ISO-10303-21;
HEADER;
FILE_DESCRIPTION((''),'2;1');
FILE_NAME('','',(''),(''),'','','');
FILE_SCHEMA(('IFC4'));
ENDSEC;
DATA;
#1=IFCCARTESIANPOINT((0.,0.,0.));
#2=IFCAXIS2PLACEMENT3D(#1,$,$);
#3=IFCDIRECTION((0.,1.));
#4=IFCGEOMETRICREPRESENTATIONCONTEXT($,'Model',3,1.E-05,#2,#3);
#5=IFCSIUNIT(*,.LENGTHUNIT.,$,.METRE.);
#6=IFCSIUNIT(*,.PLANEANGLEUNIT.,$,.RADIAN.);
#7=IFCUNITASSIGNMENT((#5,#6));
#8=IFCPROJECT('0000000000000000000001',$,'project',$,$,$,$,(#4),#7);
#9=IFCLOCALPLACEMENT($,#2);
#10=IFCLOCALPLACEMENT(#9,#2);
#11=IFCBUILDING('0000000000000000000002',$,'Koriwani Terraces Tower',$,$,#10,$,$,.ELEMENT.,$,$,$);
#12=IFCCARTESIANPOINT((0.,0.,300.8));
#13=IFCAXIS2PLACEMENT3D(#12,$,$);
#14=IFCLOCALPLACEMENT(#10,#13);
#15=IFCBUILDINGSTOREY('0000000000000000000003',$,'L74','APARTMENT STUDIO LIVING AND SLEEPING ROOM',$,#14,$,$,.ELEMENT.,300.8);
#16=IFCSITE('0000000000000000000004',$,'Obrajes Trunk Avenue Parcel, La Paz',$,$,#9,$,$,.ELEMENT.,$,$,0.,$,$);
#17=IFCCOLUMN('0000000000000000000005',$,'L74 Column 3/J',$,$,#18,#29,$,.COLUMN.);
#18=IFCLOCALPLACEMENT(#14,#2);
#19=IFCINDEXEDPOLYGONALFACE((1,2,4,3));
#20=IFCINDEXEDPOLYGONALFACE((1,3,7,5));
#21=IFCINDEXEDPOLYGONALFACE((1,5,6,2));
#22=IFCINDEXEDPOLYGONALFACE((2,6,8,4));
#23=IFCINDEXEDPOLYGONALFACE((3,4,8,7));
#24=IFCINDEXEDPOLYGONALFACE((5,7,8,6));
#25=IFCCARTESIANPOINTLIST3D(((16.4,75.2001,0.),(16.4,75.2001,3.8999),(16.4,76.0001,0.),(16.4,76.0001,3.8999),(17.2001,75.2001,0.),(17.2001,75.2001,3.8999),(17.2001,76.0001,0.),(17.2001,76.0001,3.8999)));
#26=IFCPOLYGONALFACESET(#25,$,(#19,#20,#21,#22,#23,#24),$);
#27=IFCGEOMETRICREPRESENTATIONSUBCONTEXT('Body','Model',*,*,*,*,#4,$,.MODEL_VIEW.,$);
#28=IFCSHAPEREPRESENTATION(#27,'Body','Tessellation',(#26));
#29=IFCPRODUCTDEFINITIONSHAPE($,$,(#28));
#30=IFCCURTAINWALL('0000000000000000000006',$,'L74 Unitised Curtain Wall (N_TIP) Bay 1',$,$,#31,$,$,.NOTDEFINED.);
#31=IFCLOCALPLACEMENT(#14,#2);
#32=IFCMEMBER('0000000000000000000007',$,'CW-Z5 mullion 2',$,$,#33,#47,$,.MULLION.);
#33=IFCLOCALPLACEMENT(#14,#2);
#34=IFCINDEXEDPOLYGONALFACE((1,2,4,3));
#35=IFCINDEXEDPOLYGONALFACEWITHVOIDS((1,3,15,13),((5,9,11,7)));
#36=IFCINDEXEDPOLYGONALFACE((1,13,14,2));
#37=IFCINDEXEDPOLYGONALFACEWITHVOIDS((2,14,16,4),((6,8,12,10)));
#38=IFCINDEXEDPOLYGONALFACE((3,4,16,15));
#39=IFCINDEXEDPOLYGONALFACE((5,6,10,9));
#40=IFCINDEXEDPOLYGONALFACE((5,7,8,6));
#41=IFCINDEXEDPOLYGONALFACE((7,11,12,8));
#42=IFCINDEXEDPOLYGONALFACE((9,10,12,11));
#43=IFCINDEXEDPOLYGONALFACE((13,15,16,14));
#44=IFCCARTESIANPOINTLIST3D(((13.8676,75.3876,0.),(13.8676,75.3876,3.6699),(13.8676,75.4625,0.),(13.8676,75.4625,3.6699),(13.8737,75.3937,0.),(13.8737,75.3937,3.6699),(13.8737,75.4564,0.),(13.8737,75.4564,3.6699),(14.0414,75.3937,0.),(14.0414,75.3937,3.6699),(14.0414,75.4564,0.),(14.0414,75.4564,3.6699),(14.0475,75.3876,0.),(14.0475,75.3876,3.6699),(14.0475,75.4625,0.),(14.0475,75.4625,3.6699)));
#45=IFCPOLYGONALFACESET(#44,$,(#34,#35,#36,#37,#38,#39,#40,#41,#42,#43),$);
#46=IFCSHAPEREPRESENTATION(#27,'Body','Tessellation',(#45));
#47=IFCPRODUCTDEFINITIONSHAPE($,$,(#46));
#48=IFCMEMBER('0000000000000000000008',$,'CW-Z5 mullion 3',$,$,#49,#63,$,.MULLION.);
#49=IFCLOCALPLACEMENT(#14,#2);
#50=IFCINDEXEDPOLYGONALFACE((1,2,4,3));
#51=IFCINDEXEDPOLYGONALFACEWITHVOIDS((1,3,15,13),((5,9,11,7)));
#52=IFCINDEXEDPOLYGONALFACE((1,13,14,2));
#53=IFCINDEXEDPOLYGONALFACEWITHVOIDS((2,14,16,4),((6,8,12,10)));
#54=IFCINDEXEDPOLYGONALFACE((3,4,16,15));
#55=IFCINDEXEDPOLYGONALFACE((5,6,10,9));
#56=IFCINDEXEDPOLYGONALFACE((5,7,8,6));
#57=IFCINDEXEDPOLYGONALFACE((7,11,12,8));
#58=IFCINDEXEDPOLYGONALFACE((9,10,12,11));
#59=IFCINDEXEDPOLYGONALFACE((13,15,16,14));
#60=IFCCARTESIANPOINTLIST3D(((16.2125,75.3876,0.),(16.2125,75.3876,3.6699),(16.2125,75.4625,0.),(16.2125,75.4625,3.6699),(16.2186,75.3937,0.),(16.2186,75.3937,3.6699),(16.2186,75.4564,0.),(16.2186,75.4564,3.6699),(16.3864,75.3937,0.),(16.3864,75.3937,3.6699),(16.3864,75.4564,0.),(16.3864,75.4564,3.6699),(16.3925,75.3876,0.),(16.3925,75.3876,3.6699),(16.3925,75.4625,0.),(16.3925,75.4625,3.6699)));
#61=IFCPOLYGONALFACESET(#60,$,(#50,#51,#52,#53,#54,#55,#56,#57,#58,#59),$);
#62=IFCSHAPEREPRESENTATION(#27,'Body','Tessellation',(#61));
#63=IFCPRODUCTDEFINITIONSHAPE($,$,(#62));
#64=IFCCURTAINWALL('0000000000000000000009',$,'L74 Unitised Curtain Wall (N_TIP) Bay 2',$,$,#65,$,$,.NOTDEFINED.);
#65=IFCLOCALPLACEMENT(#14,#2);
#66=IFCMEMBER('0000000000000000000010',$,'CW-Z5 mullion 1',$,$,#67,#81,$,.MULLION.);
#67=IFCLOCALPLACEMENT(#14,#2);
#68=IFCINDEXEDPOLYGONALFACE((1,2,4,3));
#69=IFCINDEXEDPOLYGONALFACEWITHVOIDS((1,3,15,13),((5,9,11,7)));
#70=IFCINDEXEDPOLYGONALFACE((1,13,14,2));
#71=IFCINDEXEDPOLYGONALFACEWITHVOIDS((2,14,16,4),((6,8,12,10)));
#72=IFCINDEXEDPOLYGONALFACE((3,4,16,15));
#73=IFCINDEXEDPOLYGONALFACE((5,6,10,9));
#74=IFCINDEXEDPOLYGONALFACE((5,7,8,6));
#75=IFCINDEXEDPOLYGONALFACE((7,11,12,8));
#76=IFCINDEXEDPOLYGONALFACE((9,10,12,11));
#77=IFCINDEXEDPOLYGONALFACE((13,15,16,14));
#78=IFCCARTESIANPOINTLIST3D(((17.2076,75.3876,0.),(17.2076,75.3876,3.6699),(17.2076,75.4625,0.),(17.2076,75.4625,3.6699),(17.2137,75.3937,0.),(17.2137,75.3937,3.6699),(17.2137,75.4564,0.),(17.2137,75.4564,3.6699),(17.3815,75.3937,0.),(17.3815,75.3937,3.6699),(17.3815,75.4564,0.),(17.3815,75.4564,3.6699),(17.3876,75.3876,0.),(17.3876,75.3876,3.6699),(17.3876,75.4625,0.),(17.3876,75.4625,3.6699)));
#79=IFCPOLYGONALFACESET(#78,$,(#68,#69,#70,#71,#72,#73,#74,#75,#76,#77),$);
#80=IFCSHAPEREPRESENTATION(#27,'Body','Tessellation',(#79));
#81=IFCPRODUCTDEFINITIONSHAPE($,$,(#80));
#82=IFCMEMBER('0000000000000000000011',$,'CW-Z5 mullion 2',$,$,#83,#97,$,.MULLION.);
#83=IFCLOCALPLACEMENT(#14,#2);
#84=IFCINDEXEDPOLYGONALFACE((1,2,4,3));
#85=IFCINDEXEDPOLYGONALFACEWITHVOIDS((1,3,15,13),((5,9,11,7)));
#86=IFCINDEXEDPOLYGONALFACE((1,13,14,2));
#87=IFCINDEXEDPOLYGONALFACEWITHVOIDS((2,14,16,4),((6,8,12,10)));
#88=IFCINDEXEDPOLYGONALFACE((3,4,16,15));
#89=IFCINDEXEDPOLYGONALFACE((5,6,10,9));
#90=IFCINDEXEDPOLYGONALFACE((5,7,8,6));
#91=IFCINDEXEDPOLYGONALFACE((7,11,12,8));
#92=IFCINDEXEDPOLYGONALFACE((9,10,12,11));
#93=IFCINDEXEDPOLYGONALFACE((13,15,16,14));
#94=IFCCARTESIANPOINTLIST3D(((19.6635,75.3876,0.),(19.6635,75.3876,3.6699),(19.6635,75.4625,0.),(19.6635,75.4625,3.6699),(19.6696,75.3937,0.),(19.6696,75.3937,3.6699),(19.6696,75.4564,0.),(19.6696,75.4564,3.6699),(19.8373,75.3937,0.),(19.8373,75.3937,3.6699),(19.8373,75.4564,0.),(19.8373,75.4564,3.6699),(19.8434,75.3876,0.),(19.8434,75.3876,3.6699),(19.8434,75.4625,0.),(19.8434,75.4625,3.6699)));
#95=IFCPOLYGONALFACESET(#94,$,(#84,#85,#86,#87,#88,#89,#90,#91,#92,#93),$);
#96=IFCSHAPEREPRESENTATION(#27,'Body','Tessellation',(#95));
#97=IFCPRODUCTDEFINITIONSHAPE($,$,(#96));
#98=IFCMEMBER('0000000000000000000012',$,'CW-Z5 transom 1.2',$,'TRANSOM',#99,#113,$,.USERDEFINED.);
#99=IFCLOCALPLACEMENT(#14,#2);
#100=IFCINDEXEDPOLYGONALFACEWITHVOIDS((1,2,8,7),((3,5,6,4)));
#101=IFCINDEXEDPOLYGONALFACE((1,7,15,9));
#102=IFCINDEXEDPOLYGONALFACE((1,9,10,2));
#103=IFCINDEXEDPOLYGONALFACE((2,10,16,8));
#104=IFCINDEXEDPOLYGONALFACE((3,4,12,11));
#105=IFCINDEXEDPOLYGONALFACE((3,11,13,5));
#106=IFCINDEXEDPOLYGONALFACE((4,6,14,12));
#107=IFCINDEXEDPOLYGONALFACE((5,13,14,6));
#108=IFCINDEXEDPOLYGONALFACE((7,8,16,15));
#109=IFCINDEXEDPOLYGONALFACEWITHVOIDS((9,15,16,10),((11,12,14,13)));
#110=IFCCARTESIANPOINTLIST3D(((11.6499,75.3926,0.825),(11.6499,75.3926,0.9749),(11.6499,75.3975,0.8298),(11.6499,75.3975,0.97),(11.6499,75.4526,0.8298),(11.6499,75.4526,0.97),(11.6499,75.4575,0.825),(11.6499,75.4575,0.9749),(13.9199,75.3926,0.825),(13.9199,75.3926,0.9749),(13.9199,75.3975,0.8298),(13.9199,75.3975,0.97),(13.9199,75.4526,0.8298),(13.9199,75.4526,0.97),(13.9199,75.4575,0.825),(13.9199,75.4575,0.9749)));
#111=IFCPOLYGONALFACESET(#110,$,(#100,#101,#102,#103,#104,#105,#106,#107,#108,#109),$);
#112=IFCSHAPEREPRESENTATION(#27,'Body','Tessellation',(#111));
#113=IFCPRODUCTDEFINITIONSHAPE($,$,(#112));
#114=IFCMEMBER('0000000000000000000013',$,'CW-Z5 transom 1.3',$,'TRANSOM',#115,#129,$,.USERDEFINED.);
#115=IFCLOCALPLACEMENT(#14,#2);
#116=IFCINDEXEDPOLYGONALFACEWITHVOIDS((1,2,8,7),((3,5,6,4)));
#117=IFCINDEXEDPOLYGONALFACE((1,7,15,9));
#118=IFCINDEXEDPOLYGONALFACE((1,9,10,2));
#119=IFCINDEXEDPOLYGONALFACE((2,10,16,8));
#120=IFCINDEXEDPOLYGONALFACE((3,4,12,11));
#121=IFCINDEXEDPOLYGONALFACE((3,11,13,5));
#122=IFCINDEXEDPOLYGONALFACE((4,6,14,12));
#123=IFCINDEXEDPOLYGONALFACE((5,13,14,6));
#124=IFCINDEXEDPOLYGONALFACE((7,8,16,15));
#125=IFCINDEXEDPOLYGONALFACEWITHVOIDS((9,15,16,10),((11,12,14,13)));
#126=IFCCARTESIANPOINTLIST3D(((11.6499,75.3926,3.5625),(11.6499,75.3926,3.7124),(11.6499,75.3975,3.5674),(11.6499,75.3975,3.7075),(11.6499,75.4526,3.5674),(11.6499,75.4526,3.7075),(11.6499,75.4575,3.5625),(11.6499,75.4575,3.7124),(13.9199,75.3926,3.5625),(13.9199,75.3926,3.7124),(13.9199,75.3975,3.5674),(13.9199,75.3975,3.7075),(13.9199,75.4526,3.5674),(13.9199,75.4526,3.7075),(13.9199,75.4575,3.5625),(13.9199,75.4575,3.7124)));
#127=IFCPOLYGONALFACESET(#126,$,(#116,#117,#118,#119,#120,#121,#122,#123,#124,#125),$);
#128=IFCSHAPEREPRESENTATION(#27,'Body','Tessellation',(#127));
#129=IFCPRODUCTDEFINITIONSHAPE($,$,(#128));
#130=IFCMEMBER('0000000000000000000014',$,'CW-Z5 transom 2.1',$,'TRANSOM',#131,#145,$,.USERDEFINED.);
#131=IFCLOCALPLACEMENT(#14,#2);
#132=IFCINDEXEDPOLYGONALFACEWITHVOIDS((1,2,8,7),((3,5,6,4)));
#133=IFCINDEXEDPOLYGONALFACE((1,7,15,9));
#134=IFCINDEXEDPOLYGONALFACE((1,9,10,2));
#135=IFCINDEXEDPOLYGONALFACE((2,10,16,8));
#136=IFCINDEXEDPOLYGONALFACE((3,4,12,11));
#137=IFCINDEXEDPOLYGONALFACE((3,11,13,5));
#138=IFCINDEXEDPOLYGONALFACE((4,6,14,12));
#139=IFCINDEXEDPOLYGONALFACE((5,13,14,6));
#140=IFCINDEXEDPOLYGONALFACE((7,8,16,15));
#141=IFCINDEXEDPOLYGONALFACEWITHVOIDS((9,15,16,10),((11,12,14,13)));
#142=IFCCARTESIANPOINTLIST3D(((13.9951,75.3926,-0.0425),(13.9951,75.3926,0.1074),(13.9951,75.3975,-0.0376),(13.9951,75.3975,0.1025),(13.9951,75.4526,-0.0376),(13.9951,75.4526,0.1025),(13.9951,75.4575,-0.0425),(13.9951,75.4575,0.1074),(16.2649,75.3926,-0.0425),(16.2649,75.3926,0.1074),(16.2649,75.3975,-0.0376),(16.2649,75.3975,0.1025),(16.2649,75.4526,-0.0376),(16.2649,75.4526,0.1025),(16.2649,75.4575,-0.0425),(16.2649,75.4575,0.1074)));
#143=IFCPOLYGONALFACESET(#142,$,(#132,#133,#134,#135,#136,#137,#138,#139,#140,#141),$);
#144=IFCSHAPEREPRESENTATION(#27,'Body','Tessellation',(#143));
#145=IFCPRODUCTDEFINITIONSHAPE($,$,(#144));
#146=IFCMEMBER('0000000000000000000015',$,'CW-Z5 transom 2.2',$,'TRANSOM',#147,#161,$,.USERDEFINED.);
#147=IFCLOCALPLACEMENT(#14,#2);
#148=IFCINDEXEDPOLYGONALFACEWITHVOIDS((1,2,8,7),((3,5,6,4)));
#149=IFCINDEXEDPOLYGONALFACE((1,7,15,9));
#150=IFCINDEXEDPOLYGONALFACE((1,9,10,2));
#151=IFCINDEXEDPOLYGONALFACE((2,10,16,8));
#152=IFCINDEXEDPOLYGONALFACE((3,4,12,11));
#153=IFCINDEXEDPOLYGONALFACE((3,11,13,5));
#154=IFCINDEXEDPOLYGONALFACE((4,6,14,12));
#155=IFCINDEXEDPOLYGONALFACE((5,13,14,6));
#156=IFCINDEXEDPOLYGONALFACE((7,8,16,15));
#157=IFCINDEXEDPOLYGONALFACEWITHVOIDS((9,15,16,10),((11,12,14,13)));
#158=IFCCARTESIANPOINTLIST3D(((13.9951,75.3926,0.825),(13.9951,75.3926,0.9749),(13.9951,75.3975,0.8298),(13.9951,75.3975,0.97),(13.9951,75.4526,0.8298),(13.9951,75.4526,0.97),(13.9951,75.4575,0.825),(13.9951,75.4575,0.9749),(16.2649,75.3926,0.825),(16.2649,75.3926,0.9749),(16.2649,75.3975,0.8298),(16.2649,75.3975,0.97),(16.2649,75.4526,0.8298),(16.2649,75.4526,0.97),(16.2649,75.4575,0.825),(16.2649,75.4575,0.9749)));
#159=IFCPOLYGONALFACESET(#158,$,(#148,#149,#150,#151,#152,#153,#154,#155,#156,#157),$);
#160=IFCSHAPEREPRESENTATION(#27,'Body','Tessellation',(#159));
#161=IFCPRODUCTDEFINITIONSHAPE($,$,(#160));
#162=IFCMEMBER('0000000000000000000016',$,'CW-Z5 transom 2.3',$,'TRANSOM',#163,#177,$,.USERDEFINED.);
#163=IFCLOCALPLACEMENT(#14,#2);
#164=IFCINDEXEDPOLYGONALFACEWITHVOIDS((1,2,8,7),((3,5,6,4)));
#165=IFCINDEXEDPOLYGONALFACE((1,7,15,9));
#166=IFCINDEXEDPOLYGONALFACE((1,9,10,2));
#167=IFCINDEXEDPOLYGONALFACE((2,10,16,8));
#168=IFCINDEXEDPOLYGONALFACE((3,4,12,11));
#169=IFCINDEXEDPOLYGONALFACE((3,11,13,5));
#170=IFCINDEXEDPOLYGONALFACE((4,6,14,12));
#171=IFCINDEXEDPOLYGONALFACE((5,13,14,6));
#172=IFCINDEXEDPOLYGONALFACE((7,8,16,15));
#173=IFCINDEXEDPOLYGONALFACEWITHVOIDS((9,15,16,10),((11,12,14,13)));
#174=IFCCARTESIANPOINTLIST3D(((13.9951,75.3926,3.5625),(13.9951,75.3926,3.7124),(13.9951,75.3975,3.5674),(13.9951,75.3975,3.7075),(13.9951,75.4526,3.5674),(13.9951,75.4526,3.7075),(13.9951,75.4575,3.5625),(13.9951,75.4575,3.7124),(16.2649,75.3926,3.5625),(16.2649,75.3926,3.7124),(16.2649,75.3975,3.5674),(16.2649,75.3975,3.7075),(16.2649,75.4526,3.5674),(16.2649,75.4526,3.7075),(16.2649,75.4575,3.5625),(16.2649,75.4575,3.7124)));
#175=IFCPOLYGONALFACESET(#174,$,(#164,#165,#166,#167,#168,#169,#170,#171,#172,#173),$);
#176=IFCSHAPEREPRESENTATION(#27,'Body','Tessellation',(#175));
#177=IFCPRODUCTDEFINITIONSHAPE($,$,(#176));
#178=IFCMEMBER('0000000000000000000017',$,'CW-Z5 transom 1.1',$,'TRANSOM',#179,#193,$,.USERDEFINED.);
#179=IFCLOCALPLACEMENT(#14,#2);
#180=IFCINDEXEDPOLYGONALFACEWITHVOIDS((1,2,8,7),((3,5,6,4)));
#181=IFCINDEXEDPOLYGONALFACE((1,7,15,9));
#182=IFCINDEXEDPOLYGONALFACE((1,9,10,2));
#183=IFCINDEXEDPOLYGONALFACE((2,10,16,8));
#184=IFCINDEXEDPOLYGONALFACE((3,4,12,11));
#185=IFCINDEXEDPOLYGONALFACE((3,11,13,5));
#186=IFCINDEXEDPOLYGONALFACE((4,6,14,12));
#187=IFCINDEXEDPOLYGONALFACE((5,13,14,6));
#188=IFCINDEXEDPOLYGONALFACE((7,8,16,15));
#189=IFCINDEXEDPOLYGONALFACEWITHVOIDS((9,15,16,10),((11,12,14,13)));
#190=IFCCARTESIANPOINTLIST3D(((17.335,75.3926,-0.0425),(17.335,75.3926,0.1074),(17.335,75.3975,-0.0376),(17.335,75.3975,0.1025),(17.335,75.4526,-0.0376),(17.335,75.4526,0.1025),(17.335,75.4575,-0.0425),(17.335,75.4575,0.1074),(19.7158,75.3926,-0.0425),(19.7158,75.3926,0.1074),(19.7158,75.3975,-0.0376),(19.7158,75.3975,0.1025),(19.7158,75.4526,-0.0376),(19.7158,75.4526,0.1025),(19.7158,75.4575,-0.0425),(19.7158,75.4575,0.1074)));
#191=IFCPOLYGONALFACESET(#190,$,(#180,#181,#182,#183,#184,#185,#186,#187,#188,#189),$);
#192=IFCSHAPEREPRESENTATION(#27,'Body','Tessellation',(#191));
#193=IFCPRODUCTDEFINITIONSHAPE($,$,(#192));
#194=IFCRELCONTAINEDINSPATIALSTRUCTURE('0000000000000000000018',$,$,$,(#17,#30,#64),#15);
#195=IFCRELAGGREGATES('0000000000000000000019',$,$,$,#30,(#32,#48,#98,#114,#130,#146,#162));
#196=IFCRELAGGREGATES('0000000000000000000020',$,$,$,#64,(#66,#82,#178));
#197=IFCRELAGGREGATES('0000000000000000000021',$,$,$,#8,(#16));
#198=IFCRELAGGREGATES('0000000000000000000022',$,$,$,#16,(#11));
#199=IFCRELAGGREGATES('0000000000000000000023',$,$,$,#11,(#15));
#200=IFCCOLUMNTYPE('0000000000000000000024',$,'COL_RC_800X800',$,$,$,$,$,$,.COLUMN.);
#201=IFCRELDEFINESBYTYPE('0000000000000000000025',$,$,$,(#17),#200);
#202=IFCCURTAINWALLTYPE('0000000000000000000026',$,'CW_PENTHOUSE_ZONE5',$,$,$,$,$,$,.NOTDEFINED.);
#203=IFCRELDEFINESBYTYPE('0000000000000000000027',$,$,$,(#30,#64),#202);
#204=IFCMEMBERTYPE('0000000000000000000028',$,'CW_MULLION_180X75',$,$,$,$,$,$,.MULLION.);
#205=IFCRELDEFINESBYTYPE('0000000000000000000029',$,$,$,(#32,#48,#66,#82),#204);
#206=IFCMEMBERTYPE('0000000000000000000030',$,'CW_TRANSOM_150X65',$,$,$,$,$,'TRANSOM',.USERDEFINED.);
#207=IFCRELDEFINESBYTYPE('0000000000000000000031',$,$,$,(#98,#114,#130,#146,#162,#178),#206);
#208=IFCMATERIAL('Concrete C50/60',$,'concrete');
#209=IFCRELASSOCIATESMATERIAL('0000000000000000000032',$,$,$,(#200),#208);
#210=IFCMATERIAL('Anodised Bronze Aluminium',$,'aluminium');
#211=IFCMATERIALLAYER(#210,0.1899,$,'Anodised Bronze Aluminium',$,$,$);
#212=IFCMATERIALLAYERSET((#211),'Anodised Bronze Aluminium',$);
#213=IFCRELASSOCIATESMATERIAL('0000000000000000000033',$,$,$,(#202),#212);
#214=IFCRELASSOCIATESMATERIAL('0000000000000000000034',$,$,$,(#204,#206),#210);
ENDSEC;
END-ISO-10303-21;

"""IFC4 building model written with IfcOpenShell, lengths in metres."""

from ifc_helpers import new_model, si_unit, direction, frame, origin, origin_2d, place, context, subcontext, project, spatial, rectangle, hollow_rectangle, extrude, material, layer, layer_set, material_profile, profile_set, type_object, element, aggregate, save


model = new_model("IFC4")

# Units and contexts
model_context = context("Model", 3, precision=1e-05, world=origin(), true_north=direction((0.0, 1.0)))
body_context = subcontext(model_context, "Body", "Model", "MODEL_VIEW")
ifc_project = project(units=[si_unit("LENGTHUNIT", "METRE"), si_unit("PLANEANGLEUNIT", "RADIAN")], contexts=[model_context])

# Site, building, storey
site_placement = place(None, origin())
site = spatial("IfcSite", under=ifc_project, at=site_placement, Name="Obrajes Trunk Avenue Parcel, La Paz", CompositionType="ELEMENT", RefElevation=0.0)
building_placement = place(site_placement, origin())
building = spatial("IfcBuilding", under=site, at=building_placement, Name="Koriwani Terraces Tower", CompositionType="ELEMENT")
storey_placement = place(building_placement, frame((0.0, 0.0, 300.8)))
storey = spatial("IfcBuildingStorey", under=building, at=storey_placement, Name="L74", Description="APARTMENT STUDIO LIVING AND SLEEPING ROOM", CompositionType="ELEMENT", Elevation=300.8)

# Column
ifc_material_1 = material(Name="Concrete C50/60", Category="concrete")
ifc_material_profile_1 = material_profile(ifc_material_1, rectangle(XDim=0.8, YDim=0.8, at=origin_2d()), Name="Concrete C50/60", Category="LoadBearing")
ifc_profile_set_1 = profile_set([ifc_material_profile_1], Name="Concrete C50/60")
column_type = type_object("IfcColumnType", Name="COL_RC_800X800", PredefinedType="COLUMN", material=ifc_profile_set_1)
column_placement = place(storey_placement, frame((16.8, 75.6001, 0.0), z_axis=(0.0, 0.0, 1.0), x_axis=(1.0, 0.0, 0.0)))
element("IfcColumn", 1, at=column_placement, inside=storey, type_object=column_type, Name="L74 Column 3/J", PredefinedType="COLUMN", context=body_context, shape_type="SweptSolid", body=[
    extrude(rectangle(XDim=0.8, YDim=0.8, at=origin_2d()), origin(), (0.0, 0.0, 1.0), 3.8999),
])

# Curtain walls, members
ifc_material_2 = material(Name="Anodised Bronze Aluminium", Category="aluminium")
ifc_layer_1 = layer(ifc_material_2, 0.1899, Name="Anodised Bronze Aluminium")
ifc_layer_set_1 = layer_set([ifc_layer_1], Name="Anodised Bronze Aluminium")
curtain_wall_type = type_object("IfcCurtainWallType", Name="CW_PENTHOUSE_ZONE5", PredefinedType="NOTDEFINED", material=ifc_layer_set_1)
curtain_wall_1_placement = place(storey_placement, origin())
curtain_wall_1 = element("IfcCurtainWall", 2, at=curtain_wall_1_placement, inside=storey, type_object=curtain_wall_type, Name="L74 Unitised Curtain Wall (N_TIP) Bay 1", PredefinedType="NOTDEFINED")
ifc_material_profile_2 = material_profile(ifc_material_2, hollow_rectangle(XDim=0.075, YDim=0.1799, WallThickness=0.0061, at=origin_2d()), Name="Anodised Bronze Aluminium", Category="LoadBearing")
ifc_profile_set_2 = profile_set([ifc_material_profile_2], Name="Anodised Bronze Aluminium")
member_type_1 = type_object("IfcMemberType", Name="CW_MULLION_180X75", PredefinedType="MULLION", material=ifc_profile_set_2)
member_1_placement = place(storey_placement, frame((13.9575, 75.425, 0.0), z_axis=(0.0, 0.0, 1.0), x_axis=(0.0, 1.0, 0.0)))
member_1 = element("IfcMember", 3, at=member_1_placement, type_object=member_type_1, Name="CW-Z5 mullion 2", PredefinedType="MULLION", context=body_context, shape_type="SweptSolid", body=[
    extrude(hollow_rectangle(XDim=0.075, YDim=0.1799, WallThickness=0.0061, at=origin_2d()), origin(), (0.0, 0.0, 1.0), 3.6699),
])
member_2_placement = place(storey_placement, frame((16.3025, 75.425, 0.0), z_axis=(0.0, 0.0, 1.0), x_axis=(0.0, 1.0, 0.0)))
member_2 = element("IfcMember", 4, at=member_2_placement, type_object=member_type_1, Name="CW-Z5 mullion 3", PredefinedType="MULLION", context=body_context, shape_type="SweptSolid", body=[
    extrude(hollow_rectangle(XDim=0.075, YDim=0.1799, WallThickness=0.0061, at=origin_2d()), origin(), (0.0, 0.0, 1.0), 3.6699),
])
curtain_wall_2_placement = place(storey_placement, origin())
curtain_wall_2 = element("IfcCurtainWall", 5, at=curtain_wall_2_placement, inside=storey, type_object=curtain_wall_type, Name="L74 Unitised Curtain Wall (N_TIP) Bay 2", PredefinedType="NOTDEFINED")
member_3_placement = place(storey_placement, frame((17.2976, 75.425, 0.0), z_axis=(0.0, 0.0, 1.0), x_axis=(0.0, 1.0, 0.0)))
member_3 = element("IfcMember", 6, at=member_3_placement, type_object=member_type_1, Name="CW-Z5 mullion 1", PredefinedType="MULLION", context=body_context, shape_type="SweptSolid", body=[
    extrude(hollow_rectangle(XDim=0.075, YDim=0.1799, WallThickness=0.0061, at=origin_2d()), origin(), (0.0, 0.0, 1.0), 3.6699),
])
member_4_placement = place(storey_placement, frame((19.7534, 75.425, 0.0), z_axis=(0.0, 0.0, 1.0), x_axis=(0.0, 1.0, 0.0)))
member_4 = element("IfcMember", 7, at=member_4_placement, type_object=member_type_1, Name="CW-Z5 mullion 2", PredefinedType="MULLION", context=body_context, shape_type="SweptSolid", body=[
    extrude(hollow_rectangle(XDim=0.075, YDim=0.1799, WallThickness=0.0061, at=origin_2d()), origin(), (0.0, 0.0, 1.0), 3.6699),
])

# Members
ifc_material_profile_3 = material_profile(ifc_material_2, hollow_rectangle(XDim=0.0649, YDim=0.1499, WallThickness=0.0049, at=origin_2d()), Name="Anodised Bronze Aluminium", Category="LoadBearing")
ifc_profile_set_3 = profile_set([ifc_material_profile_3], Name="Anodised Bronze Aluminium")
member_type_2 = type_object("IfcMemberType", Name="CW_TRANSOM_150X65", ElementType="TRANSOM", PredefinedType="USERDEFINED", material=ifc_profile_set_3)
member_5_placement = place(storey_placement, frame((11.6499, 75.425, 0.8999), z_axis=(1.0, 0.0, 0.0), x_axis=(0.0, 1.0, 0.0)))
member_5 = element("IfcMember", 8, at=member_5_placement, type_object=member_type_2, Name="CW-Z5 transom 1.2", ObjectType="TRANSOM", PredefinedType="USERDEFINED", context=body_context, shape_type="SweptSolid", body=[
    extrude(hollow_rectangle(XDim=0.0649, YDim=0.1499, WallThickness=0.0049, at=origin_2d()), origin(), (0.0, 0.0, 1.0), 2.27),
])
member_6_placement = place(storey_placement, frame((11.6499, 75.425, 3.6375), z_axis=(1.0, 0.0, 0.0), x_axis=(0.0, 1.0, 0.0)))
member_6 = element("IfcMember", 9, at=member_6_placement, type_object=member_type_2, Name="CW-Z5 transom 1.3", ObjectType="TRANSOM", PredefinedType="USERDEFINED", context=body_context, shape_type="SweptSolid", body=[
    extrude(hollow_rectangle(XDim=0.0649, YDim=0.1499, WallThickness=0.0049, at=origin_2d()), origin(), (0.0, 0.0, 1.0), 2.27),
])
member_7_placement = place(storey_placement, frame((13.9951, 75.425, 0.0325), z_axis=(1.0, 0.0, 0.0), x_axis=(0.0, 1.0, 0.0)))
member_7 = element("IfcMember", 10, at=member_7_placement, type_object=member_type_2, Name="CW-Z5 transom 2.1", ObjectType="TRANSOM", PredefinedType="USERDEFINED", context=body_context, shape_type="SweptSolid", body=[
    extrude(hollow_rectangle(XDim=0.0649, YDim=0.1499, WallThickness=0.0049, at=origin_2d()), origin(), (0.0, 0.0, 1.0), 2.2698),
])
member_8_placement = place(storey_placement, frame((13.9951, 75.425, 0.8999), z_axis=(1.0, 0.0, 0.0), x_axis=(0.0, 1.0, 0.0)))
member_8 = element("IfcMember", 11, at=member_8_placement, type_object=member_type_2, Name="CW-Z5 transom 2.2", ObjectType="TRANSOM", PredefinedType="USERDEFINED", context=body_context, shape_type="SweptSolid", body=[
    extrude(hollow_rectangle(XDim=0.0649, YDim=0.1499, WallThickness=0.0049, at=origin_2d()), origin(), (0.0, 0.0, 1.0), 2.2698),
])
member_9_placement = place(storey_placement, frame((13.9951, 75.425, 3.6375), z_axis=(1.0, 0.0, 0.0), x_axis=(0.0, 1.0, 0.0)))
member_9 = element("IfcMember", 12, at=member_9_placement, type_object=member_type_2, Name="CW-Z5 transom 2.3", ObjectType="TRANSOM", PredefinedType="USERDEFINED", context=body_context, shape_type="SweptSolid", body=[
    extrude(hollow_rectangle(XDim=0.0649, YDim=0.1499, WallThickness=0.0049, at=origin_2d()), origin(), (0.0, 0.0, 1.0), 2.2698),
])
member_10_placement = place(storey_placement, frame((17.335, 75.425, 0.0325), z_axis=(1.0, 0.0, 0.0), x_axis=(0.0, 1.0, 0.0)))
member_10 = element("IfcMember", 13, at=member_10_placement, type_object=member_type_2, Name="CW-Z5 transom 1.1", ObjectType="TRANSOM", PredefinedType="USERDEFINED", context=body_context, shape_type="SweptSolid", body=[
    extrude(hollow_rectangle(XDim=0.0649, YDim=0.1499, WallThickness=0.0049, at=origin_2d()), origin(), (0.0, 0.0, 1.0), 2.3809),
])

aggregate(curtain_wall_1, [member_1, member_2, member_5, member_6, member_7, member_8, member_9])
aggregate(curtain_wall_2, [member_3, member_4, member_10])

save(model, "model.ifc")
